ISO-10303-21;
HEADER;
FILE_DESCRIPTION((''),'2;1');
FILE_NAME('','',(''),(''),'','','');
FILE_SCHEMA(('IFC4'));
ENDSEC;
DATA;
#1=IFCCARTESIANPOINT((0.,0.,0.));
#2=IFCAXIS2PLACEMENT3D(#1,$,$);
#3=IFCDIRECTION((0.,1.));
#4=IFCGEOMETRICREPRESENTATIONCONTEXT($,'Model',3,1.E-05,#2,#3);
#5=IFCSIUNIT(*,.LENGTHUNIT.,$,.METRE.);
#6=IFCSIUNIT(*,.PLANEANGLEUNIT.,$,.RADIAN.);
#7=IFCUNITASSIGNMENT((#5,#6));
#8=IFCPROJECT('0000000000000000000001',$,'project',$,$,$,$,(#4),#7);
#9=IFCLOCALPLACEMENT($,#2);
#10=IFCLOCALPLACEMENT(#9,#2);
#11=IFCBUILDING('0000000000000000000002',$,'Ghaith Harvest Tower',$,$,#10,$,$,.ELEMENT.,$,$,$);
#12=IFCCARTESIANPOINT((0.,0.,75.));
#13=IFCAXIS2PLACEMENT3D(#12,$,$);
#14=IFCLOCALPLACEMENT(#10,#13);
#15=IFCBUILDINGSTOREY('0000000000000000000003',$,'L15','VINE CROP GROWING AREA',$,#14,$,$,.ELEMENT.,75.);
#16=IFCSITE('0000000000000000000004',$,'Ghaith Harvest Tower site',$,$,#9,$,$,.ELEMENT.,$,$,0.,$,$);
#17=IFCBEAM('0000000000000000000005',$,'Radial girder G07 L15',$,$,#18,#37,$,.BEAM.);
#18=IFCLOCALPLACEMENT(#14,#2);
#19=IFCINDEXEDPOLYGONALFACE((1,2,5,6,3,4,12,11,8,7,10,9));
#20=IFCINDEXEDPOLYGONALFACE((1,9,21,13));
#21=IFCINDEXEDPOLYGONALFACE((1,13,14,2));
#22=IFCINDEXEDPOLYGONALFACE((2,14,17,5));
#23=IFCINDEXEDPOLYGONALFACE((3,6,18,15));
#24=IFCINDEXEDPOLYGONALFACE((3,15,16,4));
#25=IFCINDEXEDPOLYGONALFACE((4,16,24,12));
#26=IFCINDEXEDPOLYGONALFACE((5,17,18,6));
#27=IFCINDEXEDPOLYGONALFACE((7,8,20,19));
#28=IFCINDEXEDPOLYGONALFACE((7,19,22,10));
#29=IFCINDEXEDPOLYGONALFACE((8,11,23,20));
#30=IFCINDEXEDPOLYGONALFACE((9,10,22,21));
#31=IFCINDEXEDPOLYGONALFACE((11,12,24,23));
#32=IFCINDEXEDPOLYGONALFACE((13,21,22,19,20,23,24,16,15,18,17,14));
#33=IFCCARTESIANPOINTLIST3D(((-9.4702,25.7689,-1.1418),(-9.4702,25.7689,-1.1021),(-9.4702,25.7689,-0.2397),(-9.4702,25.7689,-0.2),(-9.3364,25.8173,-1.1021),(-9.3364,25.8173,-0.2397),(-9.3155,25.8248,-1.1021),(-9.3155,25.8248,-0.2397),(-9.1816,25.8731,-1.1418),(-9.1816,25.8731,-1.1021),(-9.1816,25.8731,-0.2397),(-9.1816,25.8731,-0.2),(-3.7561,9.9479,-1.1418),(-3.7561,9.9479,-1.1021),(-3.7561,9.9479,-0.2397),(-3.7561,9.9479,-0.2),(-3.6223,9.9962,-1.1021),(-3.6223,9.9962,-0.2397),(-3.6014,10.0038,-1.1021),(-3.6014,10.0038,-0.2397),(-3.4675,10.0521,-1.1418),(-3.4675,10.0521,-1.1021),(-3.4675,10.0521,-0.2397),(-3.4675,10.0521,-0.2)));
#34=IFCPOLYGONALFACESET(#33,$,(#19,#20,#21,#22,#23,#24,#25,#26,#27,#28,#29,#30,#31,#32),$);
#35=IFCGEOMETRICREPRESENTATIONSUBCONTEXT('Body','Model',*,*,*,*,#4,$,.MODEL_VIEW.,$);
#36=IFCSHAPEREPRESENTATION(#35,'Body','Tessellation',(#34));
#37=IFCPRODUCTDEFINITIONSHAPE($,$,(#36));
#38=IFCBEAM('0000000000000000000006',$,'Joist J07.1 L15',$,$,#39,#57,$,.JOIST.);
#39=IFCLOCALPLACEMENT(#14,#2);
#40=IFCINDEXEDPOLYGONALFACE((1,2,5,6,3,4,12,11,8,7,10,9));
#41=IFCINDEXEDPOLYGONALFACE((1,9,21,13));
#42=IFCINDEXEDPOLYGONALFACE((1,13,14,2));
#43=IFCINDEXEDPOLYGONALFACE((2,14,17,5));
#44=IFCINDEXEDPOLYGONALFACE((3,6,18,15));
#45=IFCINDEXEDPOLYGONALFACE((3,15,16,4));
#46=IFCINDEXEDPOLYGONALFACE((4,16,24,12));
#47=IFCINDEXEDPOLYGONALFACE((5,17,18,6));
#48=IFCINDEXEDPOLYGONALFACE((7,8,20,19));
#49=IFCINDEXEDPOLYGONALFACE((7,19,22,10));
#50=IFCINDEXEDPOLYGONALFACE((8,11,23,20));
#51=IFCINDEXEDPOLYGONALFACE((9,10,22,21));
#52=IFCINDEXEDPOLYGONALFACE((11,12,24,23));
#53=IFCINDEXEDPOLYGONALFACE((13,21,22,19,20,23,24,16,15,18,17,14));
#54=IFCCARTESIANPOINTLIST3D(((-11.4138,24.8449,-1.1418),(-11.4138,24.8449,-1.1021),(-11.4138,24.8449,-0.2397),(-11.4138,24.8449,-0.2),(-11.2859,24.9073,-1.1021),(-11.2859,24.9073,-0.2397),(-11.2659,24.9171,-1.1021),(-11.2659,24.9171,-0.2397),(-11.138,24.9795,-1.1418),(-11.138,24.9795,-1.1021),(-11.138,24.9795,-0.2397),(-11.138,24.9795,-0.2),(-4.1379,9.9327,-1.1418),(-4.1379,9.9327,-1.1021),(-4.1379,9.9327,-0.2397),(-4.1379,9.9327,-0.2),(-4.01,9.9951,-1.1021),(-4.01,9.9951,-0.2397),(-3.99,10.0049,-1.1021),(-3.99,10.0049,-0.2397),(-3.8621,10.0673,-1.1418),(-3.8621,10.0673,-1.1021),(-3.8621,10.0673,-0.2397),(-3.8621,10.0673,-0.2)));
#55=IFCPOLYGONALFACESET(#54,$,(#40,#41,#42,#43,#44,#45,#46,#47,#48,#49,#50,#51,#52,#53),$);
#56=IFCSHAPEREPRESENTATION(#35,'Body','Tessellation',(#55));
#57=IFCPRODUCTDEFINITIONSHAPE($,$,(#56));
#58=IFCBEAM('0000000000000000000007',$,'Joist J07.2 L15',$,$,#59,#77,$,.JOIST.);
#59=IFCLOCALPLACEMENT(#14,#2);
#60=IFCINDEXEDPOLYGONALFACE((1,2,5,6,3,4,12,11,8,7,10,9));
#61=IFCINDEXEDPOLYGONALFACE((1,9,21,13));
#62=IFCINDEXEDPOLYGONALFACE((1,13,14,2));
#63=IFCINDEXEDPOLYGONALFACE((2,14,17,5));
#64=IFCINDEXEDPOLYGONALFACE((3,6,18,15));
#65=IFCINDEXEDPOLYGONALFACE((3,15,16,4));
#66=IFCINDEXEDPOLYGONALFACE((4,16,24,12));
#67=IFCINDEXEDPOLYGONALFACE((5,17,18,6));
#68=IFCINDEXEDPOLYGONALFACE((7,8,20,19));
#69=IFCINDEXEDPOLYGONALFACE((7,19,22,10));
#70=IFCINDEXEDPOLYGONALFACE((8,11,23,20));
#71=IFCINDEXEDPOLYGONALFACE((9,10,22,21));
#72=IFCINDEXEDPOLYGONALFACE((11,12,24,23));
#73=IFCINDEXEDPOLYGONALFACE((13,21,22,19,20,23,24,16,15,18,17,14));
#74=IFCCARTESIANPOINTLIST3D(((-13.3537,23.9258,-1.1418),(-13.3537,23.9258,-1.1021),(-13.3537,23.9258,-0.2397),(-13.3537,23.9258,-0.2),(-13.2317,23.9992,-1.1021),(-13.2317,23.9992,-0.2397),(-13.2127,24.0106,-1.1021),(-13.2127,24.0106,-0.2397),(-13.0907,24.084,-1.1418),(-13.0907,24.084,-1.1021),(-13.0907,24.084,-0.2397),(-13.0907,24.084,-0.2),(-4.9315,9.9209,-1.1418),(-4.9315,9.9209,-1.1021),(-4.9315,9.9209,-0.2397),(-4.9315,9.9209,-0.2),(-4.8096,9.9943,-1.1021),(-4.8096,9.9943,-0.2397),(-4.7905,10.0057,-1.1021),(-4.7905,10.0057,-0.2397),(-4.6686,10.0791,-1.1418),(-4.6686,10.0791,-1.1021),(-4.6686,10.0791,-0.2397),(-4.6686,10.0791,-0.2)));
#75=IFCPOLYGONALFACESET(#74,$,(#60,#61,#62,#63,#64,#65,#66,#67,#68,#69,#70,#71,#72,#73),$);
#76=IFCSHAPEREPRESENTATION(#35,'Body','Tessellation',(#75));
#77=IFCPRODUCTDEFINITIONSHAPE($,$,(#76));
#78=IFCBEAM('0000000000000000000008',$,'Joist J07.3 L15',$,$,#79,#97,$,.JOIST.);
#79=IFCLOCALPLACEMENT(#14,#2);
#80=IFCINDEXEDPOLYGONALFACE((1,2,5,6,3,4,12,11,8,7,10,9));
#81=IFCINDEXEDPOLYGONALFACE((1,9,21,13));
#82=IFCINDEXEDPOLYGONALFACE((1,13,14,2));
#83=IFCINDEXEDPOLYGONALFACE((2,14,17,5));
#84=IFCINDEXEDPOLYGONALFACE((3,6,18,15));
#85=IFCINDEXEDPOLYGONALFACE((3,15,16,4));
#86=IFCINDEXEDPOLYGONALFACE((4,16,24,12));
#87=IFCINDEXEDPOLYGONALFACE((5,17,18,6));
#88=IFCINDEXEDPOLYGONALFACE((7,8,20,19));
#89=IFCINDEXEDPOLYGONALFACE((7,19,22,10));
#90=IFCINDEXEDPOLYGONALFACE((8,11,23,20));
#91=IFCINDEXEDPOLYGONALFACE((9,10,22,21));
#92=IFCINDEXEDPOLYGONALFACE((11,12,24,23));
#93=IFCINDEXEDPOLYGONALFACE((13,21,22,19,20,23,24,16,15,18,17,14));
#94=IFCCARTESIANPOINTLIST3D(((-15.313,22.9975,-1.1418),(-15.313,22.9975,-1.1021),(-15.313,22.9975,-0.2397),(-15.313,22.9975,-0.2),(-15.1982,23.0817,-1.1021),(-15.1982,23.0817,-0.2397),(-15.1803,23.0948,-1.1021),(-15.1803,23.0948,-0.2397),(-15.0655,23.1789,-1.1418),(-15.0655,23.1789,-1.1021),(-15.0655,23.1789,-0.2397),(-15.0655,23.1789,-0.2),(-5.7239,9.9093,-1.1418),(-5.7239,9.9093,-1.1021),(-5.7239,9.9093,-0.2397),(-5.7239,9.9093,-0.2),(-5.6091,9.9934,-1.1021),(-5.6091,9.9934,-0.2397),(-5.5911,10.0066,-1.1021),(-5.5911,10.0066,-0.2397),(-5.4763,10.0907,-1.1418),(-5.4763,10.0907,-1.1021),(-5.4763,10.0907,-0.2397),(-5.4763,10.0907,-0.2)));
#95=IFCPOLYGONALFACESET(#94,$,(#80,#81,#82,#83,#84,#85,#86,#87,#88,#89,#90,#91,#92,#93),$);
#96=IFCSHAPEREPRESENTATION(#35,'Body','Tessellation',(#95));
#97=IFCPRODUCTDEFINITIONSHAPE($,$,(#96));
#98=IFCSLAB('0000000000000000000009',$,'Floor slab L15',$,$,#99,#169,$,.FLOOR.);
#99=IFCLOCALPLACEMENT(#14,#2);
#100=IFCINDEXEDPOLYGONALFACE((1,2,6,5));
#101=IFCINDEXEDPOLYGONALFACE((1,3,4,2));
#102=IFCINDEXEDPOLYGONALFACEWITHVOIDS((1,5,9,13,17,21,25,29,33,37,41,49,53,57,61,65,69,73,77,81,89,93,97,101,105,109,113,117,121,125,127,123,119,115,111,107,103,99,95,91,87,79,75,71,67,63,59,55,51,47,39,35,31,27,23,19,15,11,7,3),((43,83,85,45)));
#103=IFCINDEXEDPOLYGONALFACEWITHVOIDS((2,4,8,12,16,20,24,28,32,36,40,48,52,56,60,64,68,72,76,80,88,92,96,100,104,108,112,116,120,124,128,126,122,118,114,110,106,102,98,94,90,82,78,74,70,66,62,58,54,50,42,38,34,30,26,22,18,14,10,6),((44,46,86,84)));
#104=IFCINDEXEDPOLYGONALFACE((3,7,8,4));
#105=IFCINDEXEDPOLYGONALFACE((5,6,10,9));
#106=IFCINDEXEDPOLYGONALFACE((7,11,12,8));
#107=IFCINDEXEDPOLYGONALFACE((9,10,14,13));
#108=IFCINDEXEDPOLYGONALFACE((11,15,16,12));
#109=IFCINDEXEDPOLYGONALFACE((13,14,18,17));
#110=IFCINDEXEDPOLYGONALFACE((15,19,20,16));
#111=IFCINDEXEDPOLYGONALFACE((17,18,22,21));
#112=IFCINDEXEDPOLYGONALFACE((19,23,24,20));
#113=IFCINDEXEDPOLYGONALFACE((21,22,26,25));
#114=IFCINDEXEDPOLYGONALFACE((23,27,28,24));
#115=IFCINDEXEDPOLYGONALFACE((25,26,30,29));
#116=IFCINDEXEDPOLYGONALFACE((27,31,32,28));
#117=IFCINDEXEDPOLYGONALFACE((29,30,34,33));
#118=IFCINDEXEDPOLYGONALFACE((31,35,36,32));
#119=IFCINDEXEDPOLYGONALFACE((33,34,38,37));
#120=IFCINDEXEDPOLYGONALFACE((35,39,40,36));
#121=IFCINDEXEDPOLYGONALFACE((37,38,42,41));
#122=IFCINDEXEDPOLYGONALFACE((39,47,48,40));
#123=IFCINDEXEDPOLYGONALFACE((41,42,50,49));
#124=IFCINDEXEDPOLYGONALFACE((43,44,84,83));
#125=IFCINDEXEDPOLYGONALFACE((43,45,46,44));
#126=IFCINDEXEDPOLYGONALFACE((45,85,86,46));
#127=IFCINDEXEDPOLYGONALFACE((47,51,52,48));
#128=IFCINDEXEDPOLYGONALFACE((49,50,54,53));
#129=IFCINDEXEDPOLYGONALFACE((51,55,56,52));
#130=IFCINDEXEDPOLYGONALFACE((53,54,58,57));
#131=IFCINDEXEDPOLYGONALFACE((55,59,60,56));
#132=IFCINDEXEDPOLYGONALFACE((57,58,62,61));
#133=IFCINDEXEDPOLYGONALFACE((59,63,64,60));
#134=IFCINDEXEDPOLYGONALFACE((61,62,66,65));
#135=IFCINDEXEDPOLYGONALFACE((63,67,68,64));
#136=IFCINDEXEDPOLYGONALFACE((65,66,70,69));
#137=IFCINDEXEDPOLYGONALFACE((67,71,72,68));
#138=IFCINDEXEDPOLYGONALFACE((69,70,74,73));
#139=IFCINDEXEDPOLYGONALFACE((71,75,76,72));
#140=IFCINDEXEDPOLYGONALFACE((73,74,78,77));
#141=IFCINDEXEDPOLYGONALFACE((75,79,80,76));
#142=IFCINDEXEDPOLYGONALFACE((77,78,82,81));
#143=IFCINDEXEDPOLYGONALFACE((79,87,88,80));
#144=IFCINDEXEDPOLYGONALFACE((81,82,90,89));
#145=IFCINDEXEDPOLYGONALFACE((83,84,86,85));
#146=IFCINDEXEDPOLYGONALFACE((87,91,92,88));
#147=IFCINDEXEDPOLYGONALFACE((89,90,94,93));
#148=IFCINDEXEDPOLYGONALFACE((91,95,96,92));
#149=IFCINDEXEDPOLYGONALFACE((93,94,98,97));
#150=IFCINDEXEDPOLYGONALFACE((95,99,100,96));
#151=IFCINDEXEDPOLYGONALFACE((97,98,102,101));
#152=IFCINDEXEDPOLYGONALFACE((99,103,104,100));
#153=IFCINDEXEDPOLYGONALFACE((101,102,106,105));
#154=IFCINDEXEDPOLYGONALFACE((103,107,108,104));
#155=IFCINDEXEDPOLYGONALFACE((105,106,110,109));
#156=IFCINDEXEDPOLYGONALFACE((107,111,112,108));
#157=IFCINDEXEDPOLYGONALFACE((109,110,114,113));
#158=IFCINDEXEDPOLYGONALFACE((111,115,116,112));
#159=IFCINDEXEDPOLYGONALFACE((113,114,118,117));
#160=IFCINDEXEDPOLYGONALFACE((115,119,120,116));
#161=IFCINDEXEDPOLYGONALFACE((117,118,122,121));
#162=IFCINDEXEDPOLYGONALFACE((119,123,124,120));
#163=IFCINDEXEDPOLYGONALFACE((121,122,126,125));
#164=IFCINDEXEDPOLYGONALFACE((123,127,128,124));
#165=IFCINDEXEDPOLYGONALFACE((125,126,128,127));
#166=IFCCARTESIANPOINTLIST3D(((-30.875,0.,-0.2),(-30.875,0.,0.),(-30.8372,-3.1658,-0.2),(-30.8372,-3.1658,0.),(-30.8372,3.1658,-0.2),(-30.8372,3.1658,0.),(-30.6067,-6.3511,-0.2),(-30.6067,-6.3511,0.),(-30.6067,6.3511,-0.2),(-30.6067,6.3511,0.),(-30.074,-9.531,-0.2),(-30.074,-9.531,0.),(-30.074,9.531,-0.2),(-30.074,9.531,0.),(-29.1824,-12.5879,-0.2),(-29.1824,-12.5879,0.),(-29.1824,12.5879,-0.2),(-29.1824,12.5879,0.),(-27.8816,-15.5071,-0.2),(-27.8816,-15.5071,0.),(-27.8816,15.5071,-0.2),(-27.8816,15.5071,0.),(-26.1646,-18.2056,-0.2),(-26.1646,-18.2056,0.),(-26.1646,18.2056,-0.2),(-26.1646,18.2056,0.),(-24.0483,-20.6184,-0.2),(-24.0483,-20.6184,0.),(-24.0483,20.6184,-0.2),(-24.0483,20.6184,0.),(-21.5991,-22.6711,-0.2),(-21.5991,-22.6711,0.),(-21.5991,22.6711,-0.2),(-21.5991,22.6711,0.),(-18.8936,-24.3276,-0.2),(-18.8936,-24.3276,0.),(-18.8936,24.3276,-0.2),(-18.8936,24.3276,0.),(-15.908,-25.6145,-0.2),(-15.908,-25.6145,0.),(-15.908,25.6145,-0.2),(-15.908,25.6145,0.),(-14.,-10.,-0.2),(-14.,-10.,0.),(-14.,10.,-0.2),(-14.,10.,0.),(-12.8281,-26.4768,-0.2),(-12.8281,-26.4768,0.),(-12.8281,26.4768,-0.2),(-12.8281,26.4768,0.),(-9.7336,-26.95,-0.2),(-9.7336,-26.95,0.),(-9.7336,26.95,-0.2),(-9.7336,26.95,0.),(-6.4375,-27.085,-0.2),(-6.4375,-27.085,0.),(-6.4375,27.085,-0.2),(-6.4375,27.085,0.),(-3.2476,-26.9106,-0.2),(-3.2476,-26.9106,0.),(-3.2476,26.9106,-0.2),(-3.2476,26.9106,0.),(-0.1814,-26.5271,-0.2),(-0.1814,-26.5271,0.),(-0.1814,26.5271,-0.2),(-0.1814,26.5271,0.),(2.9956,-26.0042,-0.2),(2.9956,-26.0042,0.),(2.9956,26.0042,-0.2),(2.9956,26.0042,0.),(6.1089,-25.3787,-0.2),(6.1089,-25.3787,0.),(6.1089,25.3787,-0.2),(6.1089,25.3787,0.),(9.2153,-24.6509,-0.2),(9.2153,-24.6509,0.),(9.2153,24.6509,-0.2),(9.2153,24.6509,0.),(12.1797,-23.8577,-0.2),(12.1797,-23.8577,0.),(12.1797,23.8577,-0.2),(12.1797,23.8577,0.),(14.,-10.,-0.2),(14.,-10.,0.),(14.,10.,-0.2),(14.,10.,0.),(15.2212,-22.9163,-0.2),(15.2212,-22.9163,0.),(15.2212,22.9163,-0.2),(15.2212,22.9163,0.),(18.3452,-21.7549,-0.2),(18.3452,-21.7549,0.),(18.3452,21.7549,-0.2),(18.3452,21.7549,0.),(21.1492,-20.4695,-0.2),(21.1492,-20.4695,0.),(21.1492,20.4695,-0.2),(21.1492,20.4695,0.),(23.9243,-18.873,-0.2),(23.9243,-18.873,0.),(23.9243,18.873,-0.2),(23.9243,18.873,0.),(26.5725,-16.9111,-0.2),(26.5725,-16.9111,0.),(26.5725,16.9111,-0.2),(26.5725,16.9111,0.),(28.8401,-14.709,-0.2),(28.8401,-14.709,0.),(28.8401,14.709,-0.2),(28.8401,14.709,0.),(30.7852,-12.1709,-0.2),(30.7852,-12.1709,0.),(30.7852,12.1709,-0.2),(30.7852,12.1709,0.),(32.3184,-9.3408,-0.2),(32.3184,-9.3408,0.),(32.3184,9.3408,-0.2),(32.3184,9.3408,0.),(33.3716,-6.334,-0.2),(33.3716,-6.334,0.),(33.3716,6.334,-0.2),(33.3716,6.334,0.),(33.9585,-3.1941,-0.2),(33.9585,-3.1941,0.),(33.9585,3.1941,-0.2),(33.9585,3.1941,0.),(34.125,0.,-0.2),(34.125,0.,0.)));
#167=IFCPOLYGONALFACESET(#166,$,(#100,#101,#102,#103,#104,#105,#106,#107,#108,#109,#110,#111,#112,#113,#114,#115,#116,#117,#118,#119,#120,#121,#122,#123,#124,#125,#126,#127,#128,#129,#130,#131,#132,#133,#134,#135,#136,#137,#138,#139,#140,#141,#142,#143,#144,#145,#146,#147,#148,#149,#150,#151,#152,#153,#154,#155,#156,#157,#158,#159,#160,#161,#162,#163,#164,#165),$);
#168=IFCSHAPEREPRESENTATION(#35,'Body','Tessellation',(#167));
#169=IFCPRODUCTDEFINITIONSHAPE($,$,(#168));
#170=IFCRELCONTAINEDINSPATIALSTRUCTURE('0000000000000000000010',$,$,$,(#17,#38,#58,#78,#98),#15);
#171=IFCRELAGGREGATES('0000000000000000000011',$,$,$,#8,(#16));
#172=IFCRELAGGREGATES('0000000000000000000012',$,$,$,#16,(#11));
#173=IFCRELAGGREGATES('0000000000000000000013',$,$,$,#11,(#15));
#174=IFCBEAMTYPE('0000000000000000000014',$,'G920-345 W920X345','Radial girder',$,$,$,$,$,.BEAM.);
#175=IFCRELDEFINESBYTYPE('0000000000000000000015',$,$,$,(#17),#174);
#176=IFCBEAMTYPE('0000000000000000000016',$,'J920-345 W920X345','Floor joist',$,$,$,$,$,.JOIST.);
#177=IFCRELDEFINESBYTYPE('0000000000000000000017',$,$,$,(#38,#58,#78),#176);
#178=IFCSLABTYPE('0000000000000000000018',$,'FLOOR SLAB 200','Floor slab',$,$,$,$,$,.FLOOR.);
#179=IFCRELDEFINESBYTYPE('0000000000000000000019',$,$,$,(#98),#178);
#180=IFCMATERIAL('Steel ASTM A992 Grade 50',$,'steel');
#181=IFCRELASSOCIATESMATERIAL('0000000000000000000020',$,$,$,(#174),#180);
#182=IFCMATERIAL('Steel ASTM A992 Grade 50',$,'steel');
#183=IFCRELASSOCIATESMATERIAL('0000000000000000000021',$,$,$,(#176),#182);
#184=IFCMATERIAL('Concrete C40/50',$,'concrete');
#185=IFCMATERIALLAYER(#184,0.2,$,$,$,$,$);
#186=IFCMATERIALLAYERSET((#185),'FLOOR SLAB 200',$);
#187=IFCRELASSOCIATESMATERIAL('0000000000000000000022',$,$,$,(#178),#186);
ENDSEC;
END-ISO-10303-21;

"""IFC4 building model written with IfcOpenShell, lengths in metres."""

from ifc_helpers import new_model, si_unit, direction, frame, origin, origin_2d, place, context, subcontext, project, spatial, polyline, i_section, outline, extrude, material, layer, layer_set, material_profile, profile_set, type_object, element, save


model = new_model("IFC4")

# Units and contexts
model_context = context("Model", 3, precision=1e-05, world=origin(), true_north=direction((0.0, 1.0)))
body_context = subcontext(model_context, "Body", "Model", "MODEL_VIEW")
ifc_project = project(units=[si_unit("LENGTHUNIT", "METRE"), si_unit("PLANEANGLEUNIT", "RADIAN")], contexts=[model_context])

# Site, building, storey
site_placement = place(None, origin())
site = spatial("IfcSite", under=ifc_project, at=site_placement, Name="Ghaith Harvest Tower site", CompositionType="ELEMENT", RefElevation=0.0)
building_placement = place(site_placement, origin())
building = spatial("IfcBuilding", under=site, at=building_placement, Name="Ghaith Harvest Tower", CompositionType="ELEMENT")
storey_placement = place(building_placement, frame((0.0, 0.0, 75.0)))
storey = spatial("IfcBuildingStorey", under=building, at=storey_placement, Name="L15", Description="VINE CROP GROWING AREA", CompositionType="ELEMENT", Elevation=75.0)

# Beams
ifc_material_1 = material(Name="Steel ASTM A992 Grade 50", Category="steel")
ifc_material_profile_1 = material_profile(ifc_material_1, i_section(OverallWidth=0.3069, OverallDepth=0.9419, WebThickness=0.0222, FlangeThickness=0.0398, at=origin_2d()), Name="W920X345")
ifc_profile_set_1 = profile_set([ifc_material_profile_1], Name="Steel ASTM A992 Grade 50")
beam_type_1 = type_object("IfcBeamType", Name="G920-345 W920X345", Description="Radial girder", PredefinedType="BEAM", material=ifc_profile_set_1)
beam_1_placement = place(storey_placement, frame((-3.6118, 10.0, -0.6709), z_axis=(-0.339695, 0.940536, 0.0), x_axis=(-0.940536, -0.339695, 0.0)))
element("IfcBeam", 1, at=beam_1_placement, inside=storey, type_object=beam_type_1, Name="Radial girder G07 L15", PredefinedType="BEAM", context=body_context, shape_type="SweptSolid", body=[
    extrude(i_section(OverallWidth=0.3069, OverallDepth=0.9419, WebThickness=0.0222, FlangeThickness=0.0398, at=origin_2d()), origin(), (0.0, 0.0, 1.0), 16.8213),
])
ifc_material_2 = material(Name="Steel ASTM A992 Grade 50", Category="steel")
ifc_material_profile_2 = material_profile(ifc_material_2, i_section(OverallWidth=0.3069, OverallDepth=0.9419, WebThickness=0.0222, FlangeThickness=0.0398, at=origin_2d()), Name="W920X345")
ifc_profile_set_2 = profile_set([ifc_material_profile_2], Name="Steel ASTM A992 Grade 50")
beam_type_2 = type_object("IfcBeamType", Name="J920-345 W920X345", Description="Floor joist", PredefinedType="JOIST", material=ifc_profile_set_2)
beam_2_placement = place(storey_placement, frame((-4.0, 10.0, -0.6709), z_axis=(-0.438505, 0.898729, 0.0), x_axis=(-0.898729, -0.438505, 0.0)))
element("IfcBeam", 2, at=beam_2_placement, inside=storey, type_object=beam_type_2, Name="Joist J07.1 L15", PredefinedType="JOIST", context=body_context, shape_type="SweptSolid", body=[
    extrude(i_section(OverallWidth=0.3069, OverallDepth=0.9419, WebThickness=0.0222, FlangeThickness=0.0398, at=origin_2d()), origin(), (0.0, 0.0, 1.0), 16.5925),
])
beam_3_placement = place(storey_placement, frame((-4.8, 10.0, -0.6709), z_axis=(-0.515359, 0.856974, 0.0), x_axis=(-0.856974, -0.515359, 0.0)))
element("IfcBeam", 3, at=beam_3_placement, inside=storey, type_object=beam_type_2, Name="Joist J07.2 L15", PredefinedType="JOIST", context=body_context, shape_type="SweptSolid", body=[
    extrude(i_section(OverallWidth=0.3069, OverallDepth=0.9419, WebThickness=0.0222, FlangeThickness=0.0398, at=origin_2d()), origin(), (0.0, 0.0, 1.0), 16.3423),
])
beam_4_placement = place(storey_placement, frame((-5.6001, 10.0, -0.6709), z_axis=(-0.591009, 0.806665, 0.0), x_axis=(-0.806665, -0.591009, 0.0)))
element("IfcBeam", 4, at=beam_4_placement, inside=storey, type_object=beam_type_2, Name="Joist J07.3 L15", PredefinedType="JOIST", context=body_context, shape_type="SweptSolid", body=[
    extrude(i_section(OverallWidth=0.3069, OverallDepth=0.9419, WebThickness=0.0222, FlangeThickness=0.0398, at=origin_2d()), origin(), (0.0, 0.0, 1.0), 16.2251),
])

# Slab
ifc_material_3 = material(Name="Concrete C40/50", Category="concrete")
ifc_layer_1 = layer(ifc_material_3, 0.2)
ifc_layer_set_1 = layer_set([ifc_layer_1], Name="FLOOR SLAB 200")
slab_type_1 = type_object("IfcSlabType", Name="FLOOR SLAB 200", Description="Floor slab", PredefinedType="FLOOR", material=ifc_layer_set_1)
slab_1_placement = place(storey_placement, frame((0.0, 0.0, -0.2)))
element("IfcSlab", 5, at=slab_1_placement, inside=storey, type_object=slab_type_1, Name="Floor slab L15", PredefinedType="FLOOR", context=body_context, shape_type="SweptSolid", body=[
    extrude(outline(polyline([(34.125, 0.0), (33.9585, 3.1941), (33.3716, 6.334), (32.3184, 9.3408), (30.7852, 12.1709), (28.8401, 14.709), (26.5725, 16.9111), (23.9243, 18.873), (21.1492, 20.4695), (18.3452, 21.7549), (15.2212, 22.9163), (12.1797, 23.8577), (9.2153, 24.6509), (6.1089, 25.3787), (2.9956, 26.0042), (-0.1814, 26.5271), (-3.2476, 26.9106), (-6.4375, 27.085), (-9.7336, 26.95), (-12.8281, 26.4768), (-15.908, 25.6145), (-18.8936, 24.3276), (-21.5991, 22.6711), (-24.0483, 20.6184), (-26.1646, 18.2056), (-27.8816, 15.5071), (-29.1824, 12.5879), (-30.074, 9.531), (-30.6067, 6.3511), (-30.8372, 3.1658), (-30.875, 0.0), (-30.8372, -3.1658), (-30.6067, -6.3511), (-30.074, -9.531), (-29.1824, -12.5879), (-27.8816, -15.5071), (-26.1646, -18.2056), (-24.0483, -20.6184), (-21.5991, -22.6711), (-18.8936, -24.3276), (-15.908, -25.6145), (-12.8281, -26.4768), (-9.7336, -26.95), (-6.4375, -27.085), (-3.2476, -26.9106), (-0.1814, -26.5271), (2.9956, -26.0042), (6.1089, -25.3787), (9.2153, -24.6509), (12.1797, -23.8577), (15.2212, -22.9163), (18.3452, -21.7549), (21.1492, -20.4695), (23.9243, -18.873), (26.5725, -16.9111), (28.8401, -14.709), (30.7852, -12.1709), (32.3184, -9.3408), (33.3716, -6.334), (33.9585, -3.1941), (34.125, 0.0)]), holes=[polyline([(-14.0, -10.0), (14.0, -10.0), (14.0, 10.0), (-14.0, 10.0), (-14.0, -10.0)])]), origin(), (0.0, 0.0, 1.0), 0.2),
])

save(model, "model.ifc")
